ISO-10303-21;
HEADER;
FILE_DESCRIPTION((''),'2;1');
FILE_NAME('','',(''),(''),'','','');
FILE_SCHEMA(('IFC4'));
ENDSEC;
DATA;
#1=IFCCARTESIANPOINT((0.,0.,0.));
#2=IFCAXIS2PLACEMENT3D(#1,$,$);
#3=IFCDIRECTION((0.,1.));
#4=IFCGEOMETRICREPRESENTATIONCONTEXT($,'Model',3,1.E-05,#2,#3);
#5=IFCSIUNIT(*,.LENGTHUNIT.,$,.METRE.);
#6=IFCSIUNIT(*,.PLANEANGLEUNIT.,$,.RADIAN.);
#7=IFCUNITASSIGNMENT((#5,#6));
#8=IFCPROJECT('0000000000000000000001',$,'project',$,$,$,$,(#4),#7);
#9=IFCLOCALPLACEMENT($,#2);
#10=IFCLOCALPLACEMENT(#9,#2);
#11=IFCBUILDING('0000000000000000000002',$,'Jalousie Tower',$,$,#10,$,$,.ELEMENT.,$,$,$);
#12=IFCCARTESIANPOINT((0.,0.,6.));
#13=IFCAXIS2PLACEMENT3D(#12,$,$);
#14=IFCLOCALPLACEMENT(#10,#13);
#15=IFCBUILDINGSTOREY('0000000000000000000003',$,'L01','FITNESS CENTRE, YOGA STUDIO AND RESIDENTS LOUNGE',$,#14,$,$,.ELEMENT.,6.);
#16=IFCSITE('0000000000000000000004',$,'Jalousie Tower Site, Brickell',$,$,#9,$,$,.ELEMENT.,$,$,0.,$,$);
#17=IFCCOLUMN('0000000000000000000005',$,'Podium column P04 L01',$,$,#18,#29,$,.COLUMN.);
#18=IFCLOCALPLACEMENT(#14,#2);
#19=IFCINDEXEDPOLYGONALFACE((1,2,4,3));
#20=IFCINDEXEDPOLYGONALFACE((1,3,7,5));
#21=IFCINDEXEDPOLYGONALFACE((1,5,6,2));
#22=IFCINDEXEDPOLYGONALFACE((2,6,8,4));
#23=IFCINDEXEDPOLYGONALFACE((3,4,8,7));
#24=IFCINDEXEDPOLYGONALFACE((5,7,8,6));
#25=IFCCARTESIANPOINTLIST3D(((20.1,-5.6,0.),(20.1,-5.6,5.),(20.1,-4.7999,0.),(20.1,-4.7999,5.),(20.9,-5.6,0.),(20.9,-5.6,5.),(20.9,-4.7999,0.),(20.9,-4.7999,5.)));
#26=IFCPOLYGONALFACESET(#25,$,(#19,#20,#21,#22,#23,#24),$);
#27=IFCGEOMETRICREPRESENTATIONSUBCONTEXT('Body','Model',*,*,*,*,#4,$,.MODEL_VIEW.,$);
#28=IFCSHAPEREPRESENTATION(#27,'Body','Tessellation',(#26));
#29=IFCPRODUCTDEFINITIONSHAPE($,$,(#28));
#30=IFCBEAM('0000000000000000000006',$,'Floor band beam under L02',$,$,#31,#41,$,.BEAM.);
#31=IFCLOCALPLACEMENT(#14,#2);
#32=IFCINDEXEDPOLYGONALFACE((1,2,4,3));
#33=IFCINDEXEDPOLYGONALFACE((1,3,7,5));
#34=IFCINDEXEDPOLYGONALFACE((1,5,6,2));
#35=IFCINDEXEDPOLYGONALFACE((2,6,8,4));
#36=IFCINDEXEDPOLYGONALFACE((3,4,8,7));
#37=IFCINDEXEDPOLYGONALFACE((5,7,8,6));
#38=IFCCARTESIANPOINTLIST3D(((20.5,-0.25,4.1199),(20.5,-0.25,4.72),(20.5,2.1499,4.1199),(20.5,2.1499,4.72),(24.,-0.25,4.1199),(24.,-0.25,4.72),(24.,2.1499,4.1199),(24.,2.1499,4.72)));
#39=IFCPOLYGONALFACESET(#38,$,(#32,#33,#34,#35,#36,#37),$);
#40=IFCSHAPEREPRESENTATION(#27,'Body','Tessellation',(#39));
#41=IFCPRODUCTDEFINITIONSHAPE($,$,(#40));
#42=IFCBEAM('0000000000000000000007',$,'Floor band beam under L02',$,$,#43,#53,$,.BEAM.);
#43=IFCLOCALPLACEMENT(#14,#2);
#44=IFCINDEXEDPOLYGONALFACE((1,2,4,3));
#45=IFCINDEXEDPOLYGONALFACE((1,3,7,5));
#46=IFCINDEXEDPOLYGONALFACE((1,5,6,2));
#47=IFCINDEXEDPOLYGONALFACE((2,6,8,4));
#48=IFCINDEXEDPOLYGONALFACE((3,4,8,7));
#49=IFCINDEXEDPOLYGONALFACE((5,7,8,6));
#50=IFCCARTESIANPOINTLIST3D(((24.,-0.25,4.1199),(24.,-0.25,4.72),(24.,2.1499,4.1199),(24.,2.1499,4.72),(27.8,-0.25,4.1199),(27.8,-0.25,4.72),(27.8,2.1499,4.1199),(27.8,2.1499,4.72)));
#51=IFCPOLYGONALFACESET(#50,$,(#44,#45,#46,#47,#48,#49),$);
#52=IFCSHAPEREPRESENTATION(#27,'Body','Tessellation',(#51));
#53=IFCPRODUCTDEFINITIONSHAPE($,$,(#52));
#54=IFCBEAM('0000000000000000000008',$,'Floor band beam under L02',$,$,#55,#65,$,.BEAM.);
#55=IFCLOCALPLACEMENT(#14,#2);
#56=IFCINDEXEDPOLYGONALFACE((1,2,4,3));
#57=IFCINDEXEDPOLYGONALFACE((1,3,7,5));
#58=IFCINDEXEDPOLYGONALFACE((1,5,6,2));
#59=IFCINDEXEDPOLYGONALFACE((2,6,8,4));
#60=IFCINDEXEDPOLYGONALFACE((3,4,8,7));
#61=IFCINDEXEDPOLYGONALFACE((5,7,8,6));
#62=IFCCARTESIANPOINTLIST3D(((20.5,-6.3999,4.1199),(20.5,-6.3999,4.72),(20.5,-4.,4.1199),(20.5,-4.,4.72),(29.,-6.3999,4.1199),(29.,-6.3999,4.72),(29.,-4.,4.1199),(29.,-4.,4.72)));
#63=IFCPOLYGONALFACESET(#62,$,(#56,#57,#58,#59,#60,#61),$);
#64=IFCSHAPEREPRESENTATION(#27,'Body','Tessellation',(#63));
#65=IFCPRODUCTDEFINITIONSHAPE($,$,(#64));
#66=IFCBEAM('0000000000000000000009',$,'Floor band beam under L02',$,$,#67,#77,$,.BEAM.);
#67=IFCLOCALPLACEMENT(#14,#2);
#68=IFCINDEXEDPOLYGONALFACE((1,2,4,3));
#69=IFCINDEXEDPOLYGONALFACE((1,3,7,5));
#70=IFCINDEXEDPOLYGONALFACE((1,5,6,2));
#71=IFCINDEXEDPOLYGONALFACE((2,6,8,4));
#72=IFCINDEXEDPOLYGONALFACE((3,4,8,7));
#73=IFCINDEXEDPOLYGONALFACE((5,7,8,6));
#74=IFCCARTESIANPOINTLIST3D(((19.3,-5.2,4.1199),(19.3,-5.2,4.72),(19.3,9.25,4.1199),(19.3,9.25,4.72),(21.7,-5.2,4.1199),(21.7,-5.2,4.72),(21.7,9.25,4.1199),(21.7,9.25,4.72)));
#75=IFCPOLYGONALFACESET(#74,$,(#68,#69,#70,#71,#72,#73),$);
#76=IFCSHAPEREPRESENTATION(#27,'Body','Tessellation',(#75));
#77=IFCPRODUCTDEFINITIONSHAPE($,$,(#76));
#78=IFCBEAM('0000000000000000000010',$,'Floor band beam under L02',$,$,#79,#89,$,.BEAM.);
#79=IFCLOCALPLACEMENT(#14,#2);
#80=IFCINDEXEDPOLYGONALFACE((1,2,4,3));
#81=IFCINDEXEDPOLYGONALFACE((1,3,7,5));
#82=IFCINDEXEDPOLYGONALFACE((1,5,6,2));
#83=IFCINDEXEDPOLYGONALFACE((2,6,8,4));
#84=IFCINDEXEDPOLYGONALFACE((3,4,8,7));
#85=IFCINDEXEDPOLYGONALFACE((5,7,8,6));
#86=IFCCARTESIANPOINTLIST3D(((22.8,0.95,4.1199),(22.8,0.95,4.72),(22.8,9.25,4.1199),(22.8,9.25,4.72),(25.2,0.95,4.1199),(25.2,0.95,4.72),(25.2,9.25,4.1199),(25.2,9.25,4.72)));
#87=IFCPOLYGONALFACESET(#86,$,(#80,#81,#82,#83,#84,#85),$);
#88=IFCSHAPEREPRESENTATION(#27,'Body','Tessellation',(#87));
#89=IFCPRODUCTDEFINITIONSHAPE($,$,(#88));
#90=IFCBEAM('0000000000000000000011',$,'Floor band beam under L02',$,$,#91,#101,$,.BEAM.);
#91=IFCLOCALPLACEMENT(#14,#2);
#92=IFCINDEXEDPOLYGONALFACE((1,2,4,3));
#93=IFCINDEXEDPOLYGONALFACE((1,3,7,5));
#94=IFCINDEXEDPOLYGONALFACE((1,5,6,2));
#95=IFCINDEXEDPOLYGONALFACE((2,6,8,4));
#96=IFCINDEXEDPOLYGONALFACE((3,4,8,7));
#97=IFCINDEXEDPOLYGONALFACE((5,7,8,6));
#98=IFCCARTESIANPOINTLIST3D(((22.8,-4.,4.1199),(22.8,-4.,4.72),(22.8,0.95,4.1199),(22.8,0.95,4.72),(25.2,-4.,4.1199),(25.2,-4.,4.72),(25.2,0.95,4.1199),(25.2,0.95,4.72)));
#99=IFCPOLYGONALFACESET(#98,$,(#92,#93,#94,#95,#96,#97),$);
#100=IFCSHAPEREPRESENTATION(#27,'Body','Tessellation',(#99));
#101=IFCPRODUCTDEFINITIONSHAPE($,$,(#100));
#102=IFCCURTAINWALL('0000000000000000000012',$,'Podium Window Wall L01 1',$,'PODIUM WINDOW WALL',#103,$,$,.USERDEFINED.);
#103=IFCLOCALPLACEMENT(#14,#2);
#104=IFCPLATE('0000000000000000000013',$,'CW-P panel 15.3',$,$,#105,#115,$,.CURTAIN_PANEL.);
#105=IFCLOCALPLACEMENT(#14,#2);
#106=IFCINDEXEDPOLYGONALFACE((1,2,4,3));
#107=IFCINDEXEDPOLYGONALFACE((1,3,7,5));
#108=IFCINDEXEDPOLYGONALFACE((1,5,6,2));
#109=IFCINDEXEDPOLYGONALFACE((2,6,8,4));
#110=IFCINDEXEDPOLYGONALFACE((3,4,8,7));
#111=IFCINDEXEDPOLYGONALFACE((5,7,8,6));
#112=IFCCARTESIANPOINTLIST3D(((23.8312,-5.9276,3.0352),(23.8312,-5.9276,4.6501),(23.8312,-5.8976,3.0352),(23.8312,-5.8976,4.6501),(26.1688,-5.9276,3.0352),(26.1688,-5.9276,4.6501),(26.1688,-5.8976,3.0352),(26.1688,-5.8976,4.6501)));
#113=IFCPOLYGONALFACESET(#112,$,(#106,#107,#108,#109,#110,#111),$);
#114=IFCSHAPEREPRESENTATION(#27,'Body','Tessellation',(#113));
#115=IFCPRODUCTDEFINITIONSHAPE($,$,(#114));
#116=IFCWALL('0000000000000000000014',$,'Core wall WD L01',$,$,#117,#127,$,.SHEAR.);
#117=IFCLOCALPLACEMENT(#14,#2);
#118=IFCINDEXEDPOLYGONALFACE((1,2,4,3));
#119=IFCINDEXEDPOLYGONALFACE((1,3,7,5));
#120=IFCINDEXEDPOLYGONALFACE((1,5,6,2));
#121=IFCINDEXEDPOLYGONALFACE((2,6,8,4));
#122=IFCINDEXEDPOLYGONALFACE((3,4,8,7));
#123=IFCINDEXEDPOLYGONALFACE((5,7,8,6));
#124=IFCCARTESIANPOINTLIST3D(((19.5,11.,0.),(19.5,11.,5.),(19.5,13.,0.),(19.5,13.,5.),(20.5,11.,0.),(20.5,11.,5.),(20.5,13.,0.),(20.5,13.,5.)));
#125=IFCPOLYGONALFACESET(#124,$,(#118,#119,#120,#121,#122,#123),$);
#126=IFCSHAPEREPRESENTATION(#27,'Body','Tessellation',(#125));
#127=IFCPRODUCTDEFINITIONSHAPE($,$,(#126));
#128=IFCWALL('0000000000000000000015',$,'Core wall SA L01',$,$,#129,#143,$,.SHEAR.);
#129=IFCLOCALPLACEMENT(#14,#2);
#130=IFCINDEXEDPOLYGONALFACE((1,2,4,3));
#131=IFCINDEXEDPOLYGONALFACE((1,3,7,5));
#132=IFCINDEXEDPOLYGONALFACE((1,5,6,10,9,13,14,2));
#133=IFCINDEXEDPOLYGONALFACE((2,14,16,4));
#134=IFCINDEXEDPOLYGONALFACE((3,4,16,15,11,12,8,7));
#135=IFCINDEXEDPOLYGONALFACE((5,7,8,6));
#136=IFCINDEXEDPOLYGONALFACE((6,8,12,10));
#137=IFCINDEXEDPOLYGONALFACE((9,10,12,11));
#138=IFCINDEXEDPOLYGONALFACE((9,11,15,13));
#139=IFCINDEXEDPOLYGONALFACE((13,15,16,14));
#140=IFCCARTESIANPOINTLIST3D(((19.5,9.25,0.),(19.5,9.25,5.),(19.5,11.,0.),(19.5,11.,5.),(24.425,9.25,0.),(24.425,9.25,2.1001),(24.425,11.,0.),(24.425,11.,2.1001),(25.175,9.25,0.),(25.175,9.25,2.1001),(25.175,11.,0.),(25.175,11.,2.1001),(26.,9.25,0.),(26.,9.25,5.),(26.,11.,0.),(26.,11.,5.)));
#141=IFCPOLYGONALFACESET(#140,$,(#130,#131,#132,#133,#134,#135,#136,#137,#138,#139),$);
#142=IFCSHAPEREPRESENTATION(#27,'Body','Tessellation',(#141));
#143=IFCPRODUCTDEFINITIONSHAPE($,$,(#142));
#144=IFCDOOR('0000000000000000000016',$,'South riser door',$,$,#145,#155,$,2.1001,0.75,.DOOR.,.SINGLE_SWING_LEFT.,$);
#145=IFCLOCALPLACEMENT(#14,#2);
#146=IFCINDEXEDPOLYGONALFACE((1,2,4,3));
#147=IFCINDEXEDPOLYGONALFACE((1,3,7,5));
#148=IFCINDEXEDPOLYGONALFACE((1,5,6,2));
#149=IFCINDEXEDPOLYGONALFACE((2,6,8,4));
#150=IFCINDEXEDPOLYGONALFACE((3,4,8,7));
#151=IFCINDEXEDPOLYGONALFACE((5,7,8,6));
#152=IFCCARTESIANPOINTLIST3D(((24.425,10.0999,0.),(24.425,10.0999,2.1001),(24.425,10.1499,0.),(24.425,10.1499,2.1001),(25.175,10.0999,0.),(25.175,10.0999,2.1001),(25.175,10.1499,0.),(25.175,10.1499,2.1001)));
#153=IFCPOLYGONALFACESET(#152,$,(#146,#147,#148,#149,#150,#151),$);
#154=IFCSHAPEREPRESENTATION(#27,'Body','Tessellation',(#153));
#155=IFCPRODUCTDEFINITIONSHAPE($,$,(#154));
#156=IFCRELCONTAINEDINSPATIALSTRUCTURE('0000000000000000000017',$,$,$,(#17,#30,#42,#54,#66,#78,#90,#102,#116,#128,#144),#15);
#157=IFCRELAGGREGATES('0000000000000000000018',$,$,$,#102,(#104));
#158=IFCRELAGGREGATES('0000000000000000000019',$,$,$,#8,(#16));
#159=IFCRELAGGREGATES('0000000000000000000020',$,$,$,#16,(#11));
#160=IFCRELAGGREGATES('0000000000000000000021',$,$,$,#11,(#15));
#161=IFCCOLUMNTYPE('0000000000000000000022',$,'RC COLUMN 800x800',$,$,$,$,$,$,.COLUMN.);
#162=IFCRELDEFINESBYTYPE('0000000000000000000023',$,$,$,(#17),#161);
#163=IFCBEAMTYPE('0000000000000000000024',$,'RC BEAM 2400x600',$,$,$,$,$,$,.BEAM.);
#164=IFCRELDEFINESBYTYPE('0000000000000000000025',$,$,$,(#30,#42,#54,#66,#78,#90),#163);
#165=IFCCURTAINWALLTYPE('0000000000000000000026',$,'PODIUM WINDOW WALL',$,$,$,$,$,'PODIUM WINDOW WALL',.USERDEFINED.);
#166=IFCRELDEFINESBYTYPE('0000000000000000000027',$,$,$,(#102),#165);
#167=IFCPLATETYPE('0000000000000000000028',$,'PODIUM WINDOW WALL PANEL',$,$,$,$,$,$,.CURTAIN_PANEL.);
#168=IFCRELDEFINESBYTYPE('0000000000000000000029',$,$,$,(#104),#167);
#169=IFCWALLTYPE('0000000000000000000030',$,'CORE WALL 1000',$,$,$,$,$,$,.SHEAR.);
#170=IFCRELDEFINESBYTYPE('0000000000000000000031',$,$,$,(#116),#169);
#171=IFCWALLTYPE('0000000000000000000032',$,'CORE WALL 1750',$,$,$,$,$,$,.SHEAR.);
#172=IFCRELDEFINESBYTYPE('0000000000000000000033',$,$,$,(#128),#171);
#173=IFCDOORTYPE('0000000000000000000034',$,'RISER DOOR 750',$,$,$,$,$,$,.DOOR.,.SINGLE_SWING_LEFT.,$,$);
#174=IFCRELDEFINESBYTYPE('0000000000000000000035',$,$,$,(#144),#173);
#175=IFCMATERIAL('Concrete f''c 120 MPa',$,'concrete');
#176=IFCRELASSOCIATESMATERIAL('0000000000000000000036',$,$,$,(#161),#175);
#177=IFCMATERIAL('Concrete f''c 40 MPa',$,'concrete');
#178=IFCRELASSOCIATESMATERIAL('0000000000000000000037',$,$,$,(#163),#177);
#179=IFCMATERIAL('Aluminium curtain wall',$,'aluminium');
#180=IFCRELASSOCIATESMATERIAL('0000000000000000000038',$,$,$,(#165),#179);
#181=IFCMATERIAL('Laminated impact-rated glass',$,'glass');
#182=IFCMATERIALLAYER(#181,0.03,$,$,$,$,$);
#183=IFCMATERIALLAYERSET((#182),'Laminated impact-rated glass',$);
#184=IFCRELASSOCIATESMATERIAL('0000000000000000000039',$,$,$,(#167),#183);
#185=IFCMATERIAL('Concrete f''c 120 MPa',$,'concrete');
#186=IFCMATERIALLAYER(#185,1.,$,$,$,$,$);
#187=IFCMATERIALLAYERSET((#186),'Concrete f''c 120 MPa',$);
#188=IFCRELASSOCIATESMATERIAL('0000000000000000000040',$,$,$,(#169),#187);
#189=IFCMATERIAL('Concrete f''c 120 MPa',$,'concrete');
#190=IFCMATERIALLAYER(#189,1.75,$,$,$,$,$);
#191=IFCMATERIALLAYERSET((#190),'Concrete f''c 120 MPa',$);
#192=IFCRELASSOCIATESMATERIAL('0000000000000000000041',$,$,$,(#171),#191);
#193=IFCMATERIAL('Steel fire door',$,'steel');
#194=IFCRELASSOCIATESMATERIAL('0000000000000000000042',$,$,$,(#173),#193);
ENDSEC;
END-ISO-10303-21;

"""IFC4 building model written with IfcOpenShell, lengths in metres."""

from ifc_helpers import new_model, si_unit, direction, frame, frame_2d, origin, origin_2d, place, context, subcontext, project, spatial, rectangle, extrude, material, layer, layer_set, material_profile, profile_set, type_object, element, fill, aggregate, save


model = new_model("IFC4")

# Units and contexts
model_context = context("Model", 3, precision=1e-05, world=origin(), true_north=direction((0.0, 1.0)))
body_context = subcontext(model_context, "Body", "Model", "MODEL_VIEW")
ifc_project = project(units=[si_unit("LENGTHUNIT", "METRE"), si_unit("PLANEANGLEUNIT", "RADIAN")], contexts=[model_context])

# Site, building, storey
site_placement = place(None, origin())
site = spatial("IfcSite", under=ifc_project, at=site_placement, Name="Jalousie Tower Site, Brickell", CompositionType="ELEMENT", RefElevation=0.0)
building_placement = place(site_placement, origin())
building = spatial("IfcBuilding", under=site, at=building_placement, Name="Jalousie Tower", CompositionType="ELEMENT")
storey_placement = place(building_placement, frame((0.0, 0.0, 6.0)))
storey = spatial("IfcBuildingStorey", under=building, at=storey_placement, Name="L01", Description="FITNESS CENTRE, YOGA STUDIO AND RESIDENTS LOUNGE", CompositionType="ELEMENT", Elevation=6.0)

# Column
ifc_material_1 = material(Name="Concrete f'c 120 MPa", Category="concrete")
ifc_material_profile_1 = material_profile(ifc_material_1, rectangle(XDim=0.8, YDim=0.8, at=origin_2d()), Name="RC 800x800")
ifc_profile_set_1 = profile_set([ifc_material_profile_1], Name="Concrete f'c 120 MPa")
column_type = type_object("IfcColumnType", Name="RC COLUMN 800x800", PredefinedType="COLUMN", material=ifc_profile_set_1)
column_placement = place(storey_placement, frame((20.5, -5.2, 0.0), z_axis=(0.0, 0.0, 1.0), x_axis=(1.0, 0.0, 0.0)))
element("IfcColumn", 1, at=column_placement, inside=storey, type_object=column_type, Name="Podium column P04 L01", PredefinedType="COLUMN", context=body_context, shape_type="SweptSolid", body=[
    extrude(rectangle(XDim=0.8, YDim=0.8, at=origin_2d()), origin(), (0.0, 0.0, 1.0), 5.0),
])

# Beams
ifc_material_2 = material(Name="Concrete f'c 40 MPa", Category="concrete")
ifc_material_profile_2 = material_profile(ifc_material_2, rectangle(XDim=2.3999, YDim=0.6001, at=origin_2d()), Name="RC 2400x600")
ifc_profile_set_2 = profile_set([ifc_material_profile_2], Name="Concrete f'c 40 MPa")
beam_type = type_object("IfcBeamType", Name="RC BEAM 2400x600", PredefinedType="BEAM", material=ifc_profile_set_2)
beam_1_placement = place(storey_placement, frame((20.5, 0.95, 4.4199), z_axis=(1.0, 0.0, 0.0), x_axis=(0.0, 1.0, 0.0)))
element("IfcBeam", 2, at=beam_1_placement, inside=storey, type_object=beam_type, Name="Floor band beam under L02", PredefinedType="BEAM", context=body_context, shape_type="SweptSolid", body=[
    extrude(rectangle(XDim=2.3999, YDim=0.6001, at=origin_2d()), origin(), (0.0, 0.0, 1.0), 3.5),
])
beam_2_placement = place(storey_placement, frame((24.0, 0.95, 4.4199), z_axis=(1.0, 0.0, 0.0), x_axis=(0.0, 1.0, 0.0)))
element("IfcBeam", 3, at=beam_2_placement, inside=storey, type_object=beam_type, Name="Floor band beam under L02", PredefinedType="BEAM", context=body_context, shape_type="SweptSolid", body=[
    extrude(rectangle(XDim=2.3999, YDim=0.6001, at=origin_2d()), origin(), (0.0, 0.0, 1.0), 3.8),
])
beam_3_placement = place(storey_placement, frame((20.5, -5.2, 4.4199), z_axis=(1.0, 0.0, 0.0), x_axis=(0.0, 1.0, 0.0)))
element("IfcBeam", 4, at=beam_3_placement, inside=storey, type_object=beam_type, Name="Floor band beam under L02", PredefinedType="BEAM", context=body_context, shape_type="SweptSolid", body=[
    extrude(rectangle(XDim=2.3999, YDim=0.6001, at=origin_2d()), origin(), (0.0, 0.0, 1.0), 8.5),
])
beam_4_placement = place(storey_placement, frame((20.5, -5.2, 4.4199), z_axis=(0.0, 1.0, 0.0), x_axis=(-1.0, 0.0, 0.0)))
element("IfcBeam", 5, at=beam_4_placement, inside=storey, type_object=beam_type, Name="Floor band beam under L02", PredefinedType="BEAM", context=body_context, shape_type="SweptSolid", body=[
    extrude(rectangle(XDim=2.3999, YDim=0.6001, at=origin_2d()), origin(), (0.0, 0.0, 1.0), 14.45),
])
beam_5_placement = place(storey_placement, frame((24.0, 0.95, 4.4199), z_axis=(0.0, 1.0, 0.0), x_axis=(-1.0, 0.0, 0.0)))
element("IfcBeam", 6, at=beam_5_placement, inside=storey, type_object=beam_type, Name="Floor band beam under L02", PredefinedType="BEAM", context=body_context, shape_type="SweptSolid", body=[
    extrude(rectangle(XDim=2.3999, YDim=0.6001, at=origin_2d()), origin(), (0.0, 0.0, 1.0), 8.3),
])
beam_6_placement = place(storey_placement, frame((24.0, 0.95, 4.4199), z_axis=(0.0, -1.0, 0.0), x_axis=(1.0, 0.0, 0.0)))
element("IfcBeam", 7, at=beam_6_placement, inside=storey, type_object=beam_type, Name="Floor band beam under L02", PredefinedType="BEAM", context=body_context, shape_type="SweptSolid", body=[
    extrude(rectangle(XDim=2.3999, YDim=0.6001, at=origin_2d()), origin(), (0.0, 0.0, 1.0), 4.95),
])

# Curtain wall, plate
ifc_material_3 = material(Name="Aluminium curtain wall", Category="aluminium")
curtain_wall_type = type_object("IfcCurtainWallType", Name="PODIUM WINDOW WALL", ElementType="PODIUM WINDOW WALL", PredefinedType="USERDEFINED", material=ifc_material_3)
curtain_wall_placement = place(storey_placement, origin())
curtain_wall = element("IfcCurtainWall", 8, at=curtain_wall_placement, inside=storey, type_object=curtain_wall_type, Name="Podium Window Wall L01 1", ObjectType="PODIUM WINDOW WALL", PredefinedType="USERDEFINED")
ifc_material_4 = material(Name="Laminated impact-rated glass", Category="glass")
ifc_layer_1 = layer(ifc_material_4, 0.03)
ifc_layer_set_1 = layer_set([ifc_layer_1], Name="Laminated impact-rated glass")
plate_type = type_object("IfcPlateType", Name="PODIUM WINDOW WALL PANEL", PredefinedType="CURTAIN_PANEL", material=ifc_layer_set_1)
plate_placement = place(storey_placement, frame((25.0, -5.9126, 3.0352), z_axis=(0.0, 0.0, 1.0), x_axis=(1.0, 0.0, 0.0)))
plate = element("IfcPlate", 9, at=plate_placement, type_object=plate_type, Name="CW-P panel 15.3", PredefinedType="CURTAIN_PANEL", context=body_context, shape_type="SweptSolid", body=[
    extrude(rectangle(XDim=2.3376, YDim=0.03, at=origin_2d()), origin(), (0.0, 0.0, 1.0), 1.615),
])
aggregate(curtain_wall, [plate])

# Wall
ifc_material_5 = material(Name="Concrete f'c 120 MPa", Category="concrete")
ifc_layer_2 = layer(ifc_material_5, 1.0)
ifc_layer_set_2 = layer_set([ifc_layer_2], Name="Concrete f'c 120 MPa")
wall_type_1 = type_object("IfcWallType", Name="CORE WALL 1000", PredefinedType="SHEAR", material=ifc_layer_set_2)
wall_1_placement = place(storey_placement, frame((20.0, 13.0, 0.0), z_axis=(0.0, 0.0, 1.0), x_axis=(0.0, -1.0, 0.0)))
element("IfcWall", 10, at=wall_1_placement, inside=storey, type_object=wall_type_1, Name="Core wall WD L01", PredefinedType="SHEAR", context=body_context, shape_type="SweptSolid", body=[
    extrude(rectangle(XDim=2.0, YDim=1.0, at=frame_2d((1.0, 0.0))), origin(), (0.0, 0.0, 1.0), 5.0),
])

# Wall, opening, door
ifc_material_6 = material(Name="Concrete f'c 120 MPa", Category="concrete")
ifc_layer_3 = layer(ifc_material_6, 1.75)
ifc_layer_set_3 = layer_set([ifc_layer_3], Name="Concrete f'c 120 MPa")
wall_type_2 = type_object("IfcWallType", Name="CORE WALL 1750", PredefinedType="SHEAR", material=ifc_layer_set_3)
wall_2_placement = place(storey_placement, frame((19.5, 10.125, 0.0), z_axis=(0.0, 0.0, 1.0), x_axis=(1.0, 0.0, 0.0)))
wall_2 = element("IfcWall", 11, at=wall_2_placement, inside=storey, type_object=wall_type_2, Name="Core wall SA L01", PredefinedType="SHEAR", context=body_context, shape_type="SweptSolid", body=[
    extrude(rectangle(XDim=6.5, YDim=1.75, at=frame_2d((3.25, 0.0))), origin(), (0.0, 0.0, 1.0), 5.0),
])
opening_1_placement = place(wall_2_placement, frame((4.925, 0.0, 0.0)))
opening_1 = element("IfcOpeningElement", 12, at=opening_1_placement, cuts=wall_2, PredefinedType="OPENING", context=body_context, shape_type="SweptSolid", body=[
    extrude(rectangle(XDim=0.75, YDim=2.1001, at=frame_2d((0.375, 1.05))), frame((0.0, 0.885, 0.0), z_axis=(0.0, -1.0, 0.0), x_axis=(1.0, 0.0, 0.0)), (0.0, 0.0, 1.0), 1.77),
])
ifc_material_7 = material(Name="Steel fire door", Category="steel")
door_type_1 = type_object("IfcDoorType", Name="RISER DOOR 750", OperationType="SINGLE_SWING_LEFT", PredefinedType="DOOR", material=ifc_material_7)
door_1_placement = place(opening_1_placement, origin())
door_1 = element("IfcDoor", 13, at=door_1_placement, inside=storey, type_object=door_type_1, Name="South riser door", OperationType="SINGLE_SWING_LEFT", OverallHeight=2.1001, OverallWidth=0.75, PredefinedType="DOOR", context=body_context, shape_type="SweptSolid", body=[
    extrude(rectangle(XDim=0.75, YDim=2.1001, at=frame_2d((0.375, 1.05))), frame((0.0, 0.0249, 0.0), z_axis=(0.0, -1.0, 0.0), x_axis=(1.0, 0.0, 0.0)), (0.0, 0.0, 1.0), 0.05),
])
fill(opening_1, door_1)

save(model, "model.ifc")
